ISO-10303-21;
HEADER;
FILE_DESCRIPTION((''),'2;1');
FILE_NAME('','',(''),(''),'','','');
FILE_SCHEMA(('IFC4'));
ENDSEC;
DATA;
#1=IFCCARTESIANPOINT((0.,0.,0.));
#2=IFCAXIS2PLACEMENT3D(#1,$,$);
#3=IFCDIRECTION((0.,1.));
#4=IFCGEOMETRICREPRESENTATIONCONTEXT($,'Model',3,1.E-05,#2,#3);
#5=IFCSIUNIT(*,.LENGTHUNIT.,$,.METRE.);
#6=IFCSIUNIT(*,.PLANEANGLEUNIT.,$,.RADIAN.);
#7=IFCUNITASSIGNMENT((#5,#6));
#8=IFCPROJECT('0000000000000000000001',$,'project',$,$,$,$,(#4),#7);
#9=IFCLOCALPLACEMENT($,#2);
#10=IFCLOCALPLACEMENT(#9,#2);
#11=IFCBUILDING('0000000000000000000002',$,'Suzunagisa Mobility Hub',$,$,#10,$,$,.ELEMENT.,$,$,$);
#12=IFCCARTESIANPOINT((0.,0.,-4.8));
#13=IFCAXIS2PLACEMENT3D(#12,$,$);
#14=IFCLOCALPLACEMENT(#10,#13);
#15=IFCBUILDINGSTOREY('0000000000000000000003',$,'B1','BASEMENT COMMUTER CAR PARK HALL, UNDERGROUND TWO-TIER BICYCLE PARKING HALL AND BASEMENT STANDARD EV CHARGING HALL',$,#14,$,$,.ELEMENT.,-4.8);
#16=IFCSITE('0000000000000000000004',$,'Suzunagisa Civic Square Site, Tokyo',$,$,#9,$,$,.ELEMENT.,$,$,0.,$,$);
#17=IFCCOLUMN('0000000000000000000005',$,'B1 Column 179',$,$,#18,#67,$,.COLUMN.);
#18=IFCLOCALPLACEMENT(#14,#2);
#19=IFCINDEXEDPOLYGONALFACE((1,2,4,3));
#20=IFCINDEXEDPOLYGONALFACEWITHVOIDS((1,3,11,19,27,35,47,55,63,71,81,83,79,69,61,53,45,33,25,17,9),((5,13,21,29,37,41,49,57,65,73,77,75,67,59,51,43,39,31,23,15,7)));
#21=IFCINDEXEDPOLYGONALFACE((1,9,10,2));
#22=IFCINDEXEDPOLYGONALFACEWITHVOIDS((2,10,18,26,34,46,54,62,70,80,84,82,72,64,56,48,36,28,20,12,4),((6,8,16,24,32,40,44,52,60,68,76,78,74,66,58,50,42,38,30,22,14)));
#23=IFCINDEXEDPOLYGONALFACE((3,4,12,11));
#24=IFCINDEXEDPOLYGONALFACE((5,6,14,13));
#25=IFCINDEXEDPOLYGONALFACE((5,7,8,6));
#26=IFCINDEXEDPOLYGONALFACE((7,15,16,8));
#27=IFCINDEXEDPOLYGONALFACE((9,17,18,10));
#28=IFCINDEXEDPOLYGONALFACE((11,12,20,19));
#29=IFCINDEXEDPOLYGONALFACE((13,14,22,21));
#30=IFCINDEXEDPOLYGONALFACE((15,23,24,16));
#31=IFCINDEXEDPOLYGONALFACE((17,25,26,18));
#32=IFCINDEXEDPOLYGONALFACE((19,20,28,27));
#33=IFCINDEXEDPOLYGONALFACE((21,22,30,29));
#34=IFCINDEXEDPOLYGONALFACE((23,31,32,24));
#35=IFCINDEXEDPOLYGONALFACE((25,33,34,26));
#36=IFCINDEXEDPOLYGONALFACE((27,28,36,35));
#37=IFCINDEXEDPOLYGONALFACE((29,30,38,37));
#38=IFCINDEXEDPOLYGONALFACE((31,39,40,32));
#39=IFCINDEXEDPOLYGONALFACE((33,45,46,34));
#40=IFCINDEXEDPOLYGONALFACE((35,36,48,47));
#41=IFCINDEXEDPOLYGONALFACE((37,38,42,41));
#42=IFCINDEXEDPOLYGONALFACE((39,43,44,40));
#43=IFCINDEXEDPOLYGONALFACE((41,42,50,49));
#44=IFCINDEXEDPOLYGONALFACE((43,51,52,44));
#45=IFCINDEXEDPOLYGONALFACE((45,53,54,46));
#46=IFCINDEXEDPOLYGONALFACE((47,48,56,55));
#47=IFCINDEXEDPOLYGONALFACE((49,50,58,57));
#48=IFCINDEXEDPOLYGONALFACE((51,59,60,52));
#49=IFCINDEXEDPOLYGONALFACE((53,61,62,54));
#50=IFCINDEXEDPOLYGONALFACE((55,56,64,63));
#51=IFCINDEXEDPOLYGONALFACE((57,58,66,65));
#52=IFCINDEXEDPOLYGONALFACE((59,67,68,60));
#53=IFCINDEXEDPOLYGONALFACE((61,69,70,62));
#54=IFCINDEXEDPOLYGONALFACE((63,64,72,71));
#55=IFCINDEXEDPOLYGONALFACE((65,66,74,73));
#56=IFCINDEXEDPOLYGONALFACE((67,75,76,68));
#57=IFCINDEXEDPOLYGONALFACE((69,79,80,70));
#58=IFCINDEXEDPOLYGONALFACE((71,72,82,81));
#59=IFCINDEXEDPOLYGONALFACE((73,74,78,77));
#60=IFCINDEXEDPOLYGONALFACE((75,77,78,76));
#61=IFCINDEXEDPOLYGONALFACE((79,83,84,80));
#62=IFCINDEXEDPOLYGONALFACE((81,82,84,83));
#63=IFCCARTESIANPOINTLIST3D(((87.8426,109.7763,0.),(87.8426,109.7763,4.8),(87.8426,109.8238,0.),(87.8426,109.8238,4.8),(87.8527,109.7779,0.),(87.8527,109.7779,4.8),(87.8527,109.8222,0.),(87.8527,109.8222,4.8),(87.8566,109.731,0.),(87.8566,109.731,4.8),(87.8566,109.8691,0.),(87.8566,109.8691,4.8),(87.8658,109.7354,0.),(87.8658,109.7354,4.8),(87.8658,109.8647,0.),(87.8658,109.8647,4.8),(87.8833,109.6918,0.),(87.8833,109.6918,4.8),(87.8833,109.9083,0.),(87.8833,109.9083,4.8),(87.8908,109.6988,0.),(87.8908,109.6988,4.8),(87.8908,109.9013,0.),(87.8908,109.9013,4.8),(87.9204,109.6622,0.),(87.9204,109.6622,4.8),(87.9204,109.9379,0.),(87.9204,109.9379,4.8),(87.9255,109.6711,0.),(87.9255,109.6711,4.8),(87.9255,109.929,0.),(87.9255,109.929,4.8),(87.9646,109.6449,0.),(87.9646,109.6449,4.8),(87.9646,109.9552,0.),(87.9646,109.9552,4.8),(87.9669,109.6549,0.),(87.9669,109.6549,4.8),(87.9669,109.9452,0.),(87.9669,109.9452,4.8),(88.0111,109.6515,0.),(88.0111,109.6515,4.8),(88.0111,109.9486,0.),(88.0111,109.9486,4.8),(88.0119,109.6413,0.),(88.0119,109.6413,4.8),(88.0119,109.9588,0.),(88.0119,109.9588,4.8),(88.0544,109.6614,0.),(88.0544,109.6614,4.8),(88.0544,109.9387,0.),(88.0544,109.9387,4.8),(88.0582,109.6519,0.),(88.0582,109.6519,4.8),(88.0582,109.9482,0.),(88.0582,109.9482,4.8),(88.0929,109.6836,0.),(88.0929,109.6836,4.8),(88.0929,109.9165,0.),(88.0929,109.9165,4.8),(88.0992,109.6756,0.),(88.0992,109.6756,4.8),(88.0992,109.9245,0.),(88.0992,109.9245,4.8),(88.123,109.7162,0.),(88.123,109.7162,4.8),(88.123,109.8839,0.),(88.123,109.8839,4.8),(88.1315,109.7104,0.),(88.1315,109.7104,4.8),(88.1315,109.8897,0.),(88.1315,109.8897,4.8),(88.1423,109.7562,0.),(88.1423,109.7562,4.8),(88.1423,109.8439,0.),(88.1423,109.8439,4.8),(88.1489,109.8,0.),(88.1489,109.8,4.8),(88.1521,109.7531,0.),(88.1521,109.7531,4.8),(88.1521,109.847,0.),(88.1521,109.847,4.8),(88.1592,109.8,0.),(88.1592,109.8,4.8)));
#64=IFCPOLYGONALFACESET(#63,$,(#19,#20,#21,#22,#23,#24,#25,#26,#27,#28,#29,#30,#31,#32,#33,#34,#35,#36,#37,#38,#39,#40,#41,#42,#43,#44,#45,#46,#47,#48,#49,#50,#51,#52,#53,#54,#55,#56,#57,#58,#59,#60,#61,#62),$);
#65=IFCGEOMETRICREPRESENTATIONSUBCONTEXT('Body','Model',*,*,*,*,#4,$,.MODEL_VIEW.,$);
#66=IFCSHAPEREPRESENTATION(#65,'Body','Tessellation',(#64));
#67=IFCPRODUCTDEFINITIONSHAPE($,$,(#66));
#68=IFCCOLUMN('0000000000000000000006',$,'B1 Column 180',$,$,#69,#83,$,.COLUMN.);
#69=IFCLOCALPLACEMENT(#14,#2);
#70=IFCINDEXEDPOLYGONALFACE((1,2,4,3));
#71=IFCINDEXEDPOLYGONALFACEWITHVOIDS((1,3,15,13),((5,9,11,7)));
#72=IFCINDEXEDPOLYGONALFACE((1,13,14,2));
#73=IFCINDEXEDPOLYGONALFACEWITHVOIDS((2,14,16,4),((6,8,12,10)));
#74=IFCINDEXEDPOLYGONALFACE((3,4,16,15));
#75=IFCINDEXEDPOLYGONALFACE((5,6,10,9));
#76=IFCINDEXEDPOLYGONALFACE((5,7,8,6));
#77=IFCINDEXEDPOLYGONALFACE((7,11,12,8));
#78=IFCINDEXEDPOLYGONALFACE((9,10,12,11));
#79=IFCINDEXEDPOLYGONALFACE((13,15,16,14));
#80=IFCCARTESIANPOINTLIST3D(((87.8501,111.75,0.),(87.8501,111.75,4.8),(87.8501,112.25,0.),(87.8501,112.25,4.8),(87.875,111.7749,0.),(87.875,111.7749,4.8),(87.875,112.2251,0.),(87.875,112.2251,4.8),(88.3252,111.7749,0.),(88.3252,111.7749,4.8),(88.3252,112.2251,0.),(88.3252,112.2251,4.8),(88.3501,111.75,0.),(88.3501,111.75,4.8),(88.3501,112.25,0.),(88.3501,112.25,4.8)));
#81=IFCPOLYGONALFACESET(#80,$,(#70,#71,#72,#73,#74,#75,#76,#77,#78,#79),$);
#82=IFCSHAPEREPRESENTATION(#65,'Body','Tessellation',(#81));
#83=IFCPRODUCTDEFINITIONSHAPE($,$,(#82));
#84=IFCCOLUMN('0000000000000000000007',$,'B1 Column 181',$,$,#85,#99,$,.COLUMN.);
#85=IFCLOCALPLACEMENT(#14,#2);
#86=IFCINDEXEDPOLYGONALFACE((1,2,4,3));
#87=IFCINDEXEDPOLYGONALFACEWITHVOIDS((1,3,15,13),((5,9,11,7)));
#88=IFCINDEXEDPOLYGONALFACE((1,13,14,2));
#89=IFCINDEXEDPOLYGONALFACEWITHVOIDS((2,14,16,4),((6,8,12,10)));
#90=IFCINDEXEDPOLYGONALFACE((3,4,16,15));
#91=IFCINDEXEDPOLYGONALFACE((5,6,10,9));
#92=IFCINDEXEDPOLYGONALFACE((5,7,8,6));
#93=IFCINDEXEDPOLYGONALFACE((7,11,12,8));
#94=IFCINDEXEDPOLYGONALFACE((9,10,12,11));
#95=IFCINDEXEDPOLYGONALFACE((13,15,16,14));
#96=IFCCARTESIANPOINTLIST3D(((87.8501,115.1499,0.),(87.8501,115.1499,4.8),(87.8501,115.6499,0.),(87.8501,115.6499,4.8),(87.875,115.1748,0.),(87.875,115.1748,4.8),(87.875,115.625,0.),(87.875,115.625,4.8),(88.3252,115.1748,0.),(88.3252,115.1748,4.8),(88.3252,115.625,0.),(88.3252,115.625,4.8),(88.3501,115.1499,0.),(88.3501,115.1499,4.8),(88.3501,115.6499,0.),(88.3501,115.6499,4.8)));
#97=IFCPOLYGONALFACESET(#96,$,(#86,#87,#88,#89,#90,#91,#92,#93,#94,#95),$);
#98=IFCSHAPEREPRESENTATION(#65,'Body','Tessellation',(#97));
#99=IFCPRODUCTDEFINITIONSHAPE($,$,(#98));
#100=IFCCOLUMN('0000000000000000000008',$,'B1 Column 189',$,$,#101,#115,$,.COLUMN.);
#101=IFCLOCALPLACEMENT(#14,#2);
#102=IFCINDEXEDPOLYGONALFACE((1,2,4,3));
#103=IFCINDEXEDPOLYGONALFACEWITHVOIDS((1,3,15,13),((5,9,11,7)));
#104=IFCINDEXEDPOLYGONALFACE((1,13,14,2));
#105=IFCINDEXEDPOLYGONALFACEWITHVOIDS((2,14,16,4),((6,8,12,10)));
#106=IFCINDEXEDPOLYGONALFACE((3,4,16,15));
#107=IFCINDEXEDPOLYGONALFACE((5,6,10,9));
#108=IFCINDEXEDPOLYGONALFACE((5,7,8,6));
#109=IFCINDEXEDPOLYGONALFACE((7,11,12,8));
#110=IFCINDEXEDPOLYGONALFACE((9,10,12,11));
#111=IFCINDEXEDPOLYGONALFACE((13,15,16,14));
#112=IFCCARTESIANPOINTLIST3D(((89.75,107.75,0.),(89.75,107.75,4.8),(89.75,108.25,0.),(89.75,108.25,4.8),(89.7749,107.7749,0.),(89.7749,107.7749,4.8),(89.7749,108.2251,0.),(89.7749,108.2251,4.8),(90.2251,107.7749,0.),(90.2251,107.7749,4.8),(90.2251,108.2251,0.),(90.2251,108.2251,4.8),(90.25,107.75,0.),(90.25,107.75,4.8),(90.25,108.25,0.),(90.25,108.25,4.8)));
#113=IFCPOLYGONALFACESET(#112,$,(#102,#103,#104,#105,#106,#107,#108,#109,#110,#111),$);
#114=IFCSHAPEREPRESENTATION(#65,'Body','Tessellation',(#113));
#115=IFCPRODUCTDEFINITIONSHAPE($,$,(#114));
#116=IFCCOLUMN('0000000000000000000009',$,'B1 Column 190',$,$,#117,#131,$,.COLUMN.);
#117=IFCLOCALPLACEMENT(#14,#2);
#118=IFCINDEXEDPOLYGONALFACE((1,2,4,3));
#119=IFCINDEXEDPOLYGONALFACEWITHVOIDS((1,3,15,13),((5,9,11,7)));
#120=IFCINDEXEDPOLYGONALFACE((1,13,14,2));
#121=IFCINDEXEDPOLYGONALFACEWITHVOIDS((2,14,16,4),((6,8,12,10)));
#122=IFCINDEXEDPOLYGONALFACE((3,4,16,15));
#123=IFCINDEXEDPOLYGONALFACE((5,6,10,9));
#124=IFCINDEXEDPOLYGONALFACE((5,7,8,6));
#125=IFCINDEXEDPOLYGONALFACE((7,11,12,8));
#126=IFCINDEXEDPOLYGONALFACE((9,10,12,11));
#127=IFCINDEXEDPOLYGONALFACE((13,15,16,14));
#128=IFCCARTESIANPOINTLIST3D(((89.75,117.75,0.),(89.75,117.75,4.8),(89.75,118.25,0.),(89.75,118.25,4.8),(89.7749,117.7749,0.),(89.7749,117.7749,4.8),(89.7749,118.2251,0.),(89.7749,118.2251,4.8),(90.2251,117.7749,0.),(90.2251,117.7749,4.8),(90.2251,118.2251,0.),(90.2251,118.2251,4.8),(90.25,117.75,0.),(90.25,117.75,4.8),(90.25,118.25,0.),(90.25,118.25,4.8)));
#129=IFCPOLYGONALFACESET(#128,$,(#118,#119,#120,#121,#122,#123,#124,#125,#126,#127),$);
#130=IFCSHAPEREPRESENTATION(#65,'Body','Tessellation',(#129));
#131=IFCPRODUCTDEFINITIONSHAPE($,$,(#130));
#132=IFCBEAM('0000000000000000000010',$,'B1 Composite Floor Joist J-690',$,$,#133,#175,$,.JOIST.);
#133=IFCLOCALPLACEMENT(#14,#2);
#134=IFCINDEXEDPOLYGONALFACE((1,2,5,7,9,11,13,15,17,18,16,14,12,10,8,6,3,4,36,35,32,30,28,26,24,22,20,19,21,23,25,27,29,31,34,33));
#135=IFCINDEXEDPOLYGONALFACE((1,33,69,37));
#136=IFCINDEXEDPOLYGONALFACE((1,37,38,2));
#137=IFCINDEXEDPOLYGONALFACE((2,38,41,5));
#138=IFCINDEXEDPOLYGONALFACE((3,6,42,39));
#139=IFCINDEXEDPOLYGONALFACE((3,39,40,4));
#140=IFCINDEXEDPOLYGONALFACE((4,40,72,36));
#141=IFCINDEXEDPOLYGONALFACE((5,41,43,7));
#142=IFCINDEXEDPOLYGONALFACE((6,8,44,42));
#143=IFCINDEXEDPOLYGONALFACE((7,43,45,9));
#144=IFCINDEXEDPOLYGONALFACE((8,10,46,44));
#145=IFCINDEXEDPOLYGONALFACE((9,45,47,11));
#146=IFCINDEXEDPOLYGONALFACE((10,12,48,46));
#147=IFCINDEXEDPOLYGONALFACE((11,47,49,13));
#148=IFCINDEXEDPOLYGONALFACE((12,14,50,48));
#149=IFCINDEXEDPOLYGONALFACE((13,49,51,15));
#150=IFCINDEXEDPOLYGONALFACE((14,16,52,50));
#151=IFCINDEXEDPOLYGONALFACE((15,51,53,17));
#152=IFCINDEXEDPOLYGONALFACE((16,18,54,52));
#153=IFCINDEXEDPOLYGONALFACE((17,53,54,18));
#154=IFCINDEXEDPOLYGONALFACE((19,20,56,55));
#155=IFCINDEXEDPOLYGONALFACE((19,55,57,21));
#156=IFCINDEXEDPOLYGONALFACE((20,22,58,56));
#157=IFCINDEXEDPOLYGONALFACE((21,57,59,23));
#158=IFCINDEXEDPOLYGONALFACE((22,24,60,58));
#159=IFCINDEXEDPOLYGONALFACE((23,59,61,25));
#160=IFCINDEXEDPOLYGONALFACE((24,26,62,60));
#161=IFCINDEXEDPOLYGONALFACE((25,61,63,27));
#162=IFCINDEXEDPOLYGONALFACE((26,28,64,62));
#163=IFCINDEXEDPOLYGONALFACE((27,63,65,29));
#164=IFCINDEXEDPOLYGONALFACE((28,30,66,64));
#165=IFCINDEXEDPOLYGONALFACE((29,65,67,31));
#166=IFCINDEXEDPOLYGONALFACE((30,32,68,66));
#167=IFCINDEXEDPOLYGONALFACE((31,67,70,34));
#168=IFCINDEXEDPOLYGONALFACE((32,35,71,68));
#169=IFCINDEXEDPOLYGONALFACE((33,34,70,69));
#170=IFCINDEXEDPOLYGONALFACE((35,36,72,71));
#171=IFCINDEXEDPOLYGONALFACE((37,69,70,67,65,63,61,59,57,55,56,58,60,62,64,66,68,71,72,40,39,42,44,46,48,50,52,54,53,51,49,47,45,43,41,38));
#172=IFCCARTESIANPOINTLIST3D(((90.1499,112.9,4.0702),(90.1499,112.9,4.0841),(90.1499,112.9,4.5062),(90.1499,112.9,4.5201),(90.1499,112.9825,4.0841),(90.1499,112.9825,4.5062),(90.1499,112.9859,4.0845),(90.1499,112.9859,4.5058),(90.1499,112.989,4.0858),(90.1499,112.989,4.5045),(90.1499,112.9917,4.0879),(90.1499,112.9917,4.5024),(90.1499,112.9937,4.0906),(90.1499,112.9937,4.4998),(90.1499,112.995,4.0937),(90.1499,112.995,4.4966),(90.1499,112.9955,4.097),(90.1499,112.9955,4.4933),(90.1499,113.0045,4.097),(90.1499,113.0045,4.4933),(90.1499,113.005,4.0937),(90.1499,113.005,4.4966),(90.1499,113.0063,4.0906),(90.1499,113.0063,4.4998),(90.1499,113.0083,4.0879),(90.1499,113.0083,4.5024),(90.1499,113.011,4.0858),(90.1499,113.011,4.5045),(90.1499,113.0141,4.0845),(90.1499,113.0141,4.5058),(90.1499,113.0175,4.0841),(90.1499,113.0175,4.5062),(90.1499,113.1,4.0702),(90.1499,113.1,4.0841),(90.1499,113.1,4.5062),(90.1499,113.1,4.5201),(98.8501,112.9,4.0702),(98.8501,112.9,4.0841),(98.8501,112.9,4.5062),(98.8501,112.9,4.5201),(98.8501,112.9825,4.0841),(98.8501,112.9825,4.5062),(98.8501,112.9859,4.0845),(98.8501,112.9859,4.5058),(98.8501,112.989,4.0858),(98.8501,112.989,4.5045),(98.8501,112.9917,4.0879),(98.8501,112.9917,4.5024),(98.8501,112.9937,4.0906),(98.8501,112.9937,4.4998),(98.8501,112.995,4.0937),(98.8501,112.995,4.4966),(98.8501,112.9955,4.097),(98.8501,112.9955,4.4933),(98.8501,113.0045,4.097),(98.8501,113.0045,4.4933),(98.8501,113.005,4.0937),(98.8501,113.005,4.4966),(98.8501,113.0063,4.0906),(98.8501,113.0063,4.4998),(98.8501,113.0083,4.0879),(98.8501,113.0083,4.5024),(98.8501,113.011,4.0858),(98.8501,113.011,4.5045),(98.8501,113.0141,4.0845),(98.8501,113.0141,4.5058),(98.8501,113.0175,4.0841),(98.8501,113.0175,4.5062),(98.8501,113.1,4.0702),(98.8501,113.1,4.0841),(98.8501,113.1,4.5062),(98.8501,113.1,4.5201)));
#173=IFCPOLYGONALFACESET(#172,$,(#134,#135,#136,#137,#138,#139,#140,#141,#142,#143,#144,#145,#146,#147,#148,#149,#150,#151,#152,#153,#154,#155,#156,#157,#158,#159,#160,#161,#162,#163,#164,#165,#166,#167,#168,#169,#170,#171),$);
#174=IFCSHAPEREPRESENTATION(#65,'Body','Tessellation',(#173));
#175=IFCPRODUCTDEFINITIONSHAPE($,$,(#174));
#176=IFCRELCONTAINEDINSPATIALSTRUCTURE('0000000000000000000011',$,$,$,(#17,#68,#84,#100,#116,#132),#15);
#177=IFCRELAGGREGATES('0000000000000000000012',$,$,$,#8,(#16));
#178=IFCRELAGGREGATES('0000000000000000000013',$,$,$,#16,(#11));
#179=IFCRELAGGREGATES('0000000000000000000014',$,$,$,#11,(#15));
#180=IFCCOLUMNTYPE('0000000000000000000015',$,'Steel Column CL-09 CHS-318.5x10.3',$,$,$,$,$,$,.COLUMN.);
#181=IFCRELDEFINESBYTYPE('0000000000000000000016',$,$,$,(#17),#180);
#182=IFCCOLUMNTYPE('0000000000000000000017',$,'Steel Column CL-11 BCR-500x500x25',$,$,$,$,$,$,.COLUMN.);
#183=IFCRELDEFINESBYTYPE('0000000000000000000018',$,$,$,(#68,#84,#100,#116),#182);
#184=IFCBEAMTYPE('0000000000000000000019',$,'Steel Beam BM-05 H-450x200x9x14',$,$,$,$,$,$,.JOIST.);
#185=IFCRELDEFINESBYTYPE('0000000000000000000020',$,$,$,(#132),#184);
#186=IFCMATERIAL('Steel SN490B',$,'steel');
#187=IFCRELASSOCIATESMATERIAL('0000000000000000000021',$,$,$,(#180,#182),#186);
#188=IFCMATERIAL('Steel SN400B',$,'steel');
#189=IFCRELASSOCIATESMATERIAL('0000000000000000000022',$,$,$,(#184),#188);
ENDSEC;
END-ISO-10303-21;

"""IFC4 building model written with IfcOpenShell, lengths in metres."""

from ifc_helpers import new_model, si_unit, direction, frame, origin, origin_2d, place, context, subcontext, project, spatial, hollow_rectangle, hollow_circle, i_section, extrude, material, material_profile, profile_set, type_object, element, save


model = new_model("IFC4")

# Units and contexts
model_context = context("Model", 3, precision=1e-05, world=origin(), true_north=direction((0.0, 1.0)))
body_context = subcontext(model_context, "Body", "Model", "MODEL_VIEW")
ifc_project = project(units=[si_unit("LENGTHUNIT", "METRE"), si_unit("PLANEANGLEUNIT", "RADIAN")], contexts=[model_context])

# Site, building, storey
site_placement = place(None, origin())
site = spatial("IfcSite", under=ifc_project, at=site_placement, Name="Suzunagisa Civic Square Site, Tokyo", CompositionType="ELEMENT", RefElevation=0.0)
building_placement = place(site_placement, origin())
building = spatial("IfcBuilding", under=site, at=building_placement, Name="Suzunagisa Mobility Hub", CompositionType="ELEMENT")
storey_placement = place(building_placement, frame((0.0, 0.0, -4.8)))
storey = spatial("IfcBuildingStorey", under=building, at=storey_placement, Name="B1", Description="BASEMENT COMMUTER CAR PARK HALL, UNDERGROUND TWO-TIER BICYCLE PARKING HALL AND BASEMENT STANDARD EV CHARGING HALL", CompositionType="ELEMENT", Elevation=-4.8)

# Columns
ifc_material_1 = material(Name="Steel SN490B", Category="steel")
ifc_material_profile_1 = material_profile(ifc_material_1, hollow_circle(Radius=0.1592, WallThickness=0.0103, at=origin_2d()), Name="CHS-318.5x10.3")
ifc_profile_set_1 = profile_set([ifc_material_profile_1], Name="Steel SN490B")
column_type_1 = type_object("IfcColumnType", Name="Steel Column CL-09 CHS-318.5x10.3", PredefinedType="COLUMN", material=ifc_profile_set_1)
for number, where, z_axis, x_axis, name in (
    (1, (88.0, 109.8, 0.0), (0.0, 0.0, 1.0), (1.0, 0.0, 0.0), "B1 Column 179"),
):
    element("IfcColumn", number, at=place(storey_placement, frame(where, z_axis=z_axis, x_axis=x_axis)), inside=storey, type_object=column_type_1, Name=name, PredefinedType="COLUMN", context=body_context, shape_type="SweptSolid", body=[
        extrude(hollow_circle(Radius=0.1592, WallThickness=0.0103, at=origin_2d()), origin(), (0.0, 0.0, 1.0), 4.8),
    ])
ifc_material_profile_2 = material_profile(ifc_material_1, hollow_rectangle(XDim=0.5, YDim=0.5, WallThickness=0.0249, at=origin_2d()), Name="BCR-500x500x25")
ifc_profile_set_2 = profile_set([ifc_material_profile_2], Name="Steel SN490B")
column_type_2 = type_object("IfcColumnType", Name="Steel Column CL-11 BCR-500x500x25", PredefinedType="COLUMN", material=ifc_profile_set_2)
for number, where, z_axis, x_axis, name in (
    (2, (88.1001, 112.0, 0.0), (0.0, 0.0, 1.0), (1.0, 0.0, 0.0), "B1 Column 180"),
    (3, (88.1001, 115.3999, 0.0), (0.0, 0.0, 1.0), (1.0, 0.0, 0.0), "B1 Column 181"),
    (4, (90.0, 108.0, 0.0), (0.0, 0.0, 1.0), (1.0, 0.0, 0.0), "B1 Column 189"),
    (5, (90.0, 118.0, 0.0), (0.0, 0.0, 1.0), (1.0, 0.0, 0.0), "B1 Column 190"),
):
    element("IfcColumn", number, at=place(storey_placement, frame(where, z_axis=z_axis, x_axis=x_axis)), inside=storey, type_object=column_type_2, Name=name, PredefinedType="COLUMN", context=body_context, shape_type="SweptSolid", body=[
        extrude(hollow_rectangle(XDim=0.5, YDim=0.5, WallThickness=0.0249, at=origin_2d()), origin(), (0.0, 0.0, 1.0), 4.8),
    ])

# Beam
ifc_material_2 = material(Name="Steel SN400B", Category="steel")
ifc_material_profile_3 = material_profile(ifc_material_2, i_section(OverallWidth=0.2, OverallDepth=0.45, WebThickness=0.009, FlangeThickness=0.0139, FilletRadius=0.0129, at=origin_2d()), Name="H-450x200x9x14")
ifc_profile_set_3 = profile_set([ifc_material_profile_3], Name="Steel SN400B")
beam_type_1 = type_object("IfcBeamType", Name="Steel Beam BM-05 H-450x200x9x14", PredefinedType="JOIST", material=ifc_profile_set_3)
beam_1_placement = place(storey_placement, frame((90.1499, 113.0, 4.2952), z_axis=(1.0, 0.0, 0.0), x_axis=(0.0, 1.0, 0.0)))
element("IfcBeam", 6, at=beam_1_placement, inside=storey, type_object=beam_type_1, Name="B1 Composite Floor Joist J-690", PredefinedType="JOIST", context=body_context, shape_type="SweptSolid", body=[
    extrude(i_section(OverallWidth=0.2, OverallDepth=0.45, WebThickness=0.009, FlangeThickness=0.0139, FilletRadius=0.0129, at=origin_2d()), origin(), (0.0, 0.0, 1.0), 8.7002),
])

save(model, "model.ifc")
